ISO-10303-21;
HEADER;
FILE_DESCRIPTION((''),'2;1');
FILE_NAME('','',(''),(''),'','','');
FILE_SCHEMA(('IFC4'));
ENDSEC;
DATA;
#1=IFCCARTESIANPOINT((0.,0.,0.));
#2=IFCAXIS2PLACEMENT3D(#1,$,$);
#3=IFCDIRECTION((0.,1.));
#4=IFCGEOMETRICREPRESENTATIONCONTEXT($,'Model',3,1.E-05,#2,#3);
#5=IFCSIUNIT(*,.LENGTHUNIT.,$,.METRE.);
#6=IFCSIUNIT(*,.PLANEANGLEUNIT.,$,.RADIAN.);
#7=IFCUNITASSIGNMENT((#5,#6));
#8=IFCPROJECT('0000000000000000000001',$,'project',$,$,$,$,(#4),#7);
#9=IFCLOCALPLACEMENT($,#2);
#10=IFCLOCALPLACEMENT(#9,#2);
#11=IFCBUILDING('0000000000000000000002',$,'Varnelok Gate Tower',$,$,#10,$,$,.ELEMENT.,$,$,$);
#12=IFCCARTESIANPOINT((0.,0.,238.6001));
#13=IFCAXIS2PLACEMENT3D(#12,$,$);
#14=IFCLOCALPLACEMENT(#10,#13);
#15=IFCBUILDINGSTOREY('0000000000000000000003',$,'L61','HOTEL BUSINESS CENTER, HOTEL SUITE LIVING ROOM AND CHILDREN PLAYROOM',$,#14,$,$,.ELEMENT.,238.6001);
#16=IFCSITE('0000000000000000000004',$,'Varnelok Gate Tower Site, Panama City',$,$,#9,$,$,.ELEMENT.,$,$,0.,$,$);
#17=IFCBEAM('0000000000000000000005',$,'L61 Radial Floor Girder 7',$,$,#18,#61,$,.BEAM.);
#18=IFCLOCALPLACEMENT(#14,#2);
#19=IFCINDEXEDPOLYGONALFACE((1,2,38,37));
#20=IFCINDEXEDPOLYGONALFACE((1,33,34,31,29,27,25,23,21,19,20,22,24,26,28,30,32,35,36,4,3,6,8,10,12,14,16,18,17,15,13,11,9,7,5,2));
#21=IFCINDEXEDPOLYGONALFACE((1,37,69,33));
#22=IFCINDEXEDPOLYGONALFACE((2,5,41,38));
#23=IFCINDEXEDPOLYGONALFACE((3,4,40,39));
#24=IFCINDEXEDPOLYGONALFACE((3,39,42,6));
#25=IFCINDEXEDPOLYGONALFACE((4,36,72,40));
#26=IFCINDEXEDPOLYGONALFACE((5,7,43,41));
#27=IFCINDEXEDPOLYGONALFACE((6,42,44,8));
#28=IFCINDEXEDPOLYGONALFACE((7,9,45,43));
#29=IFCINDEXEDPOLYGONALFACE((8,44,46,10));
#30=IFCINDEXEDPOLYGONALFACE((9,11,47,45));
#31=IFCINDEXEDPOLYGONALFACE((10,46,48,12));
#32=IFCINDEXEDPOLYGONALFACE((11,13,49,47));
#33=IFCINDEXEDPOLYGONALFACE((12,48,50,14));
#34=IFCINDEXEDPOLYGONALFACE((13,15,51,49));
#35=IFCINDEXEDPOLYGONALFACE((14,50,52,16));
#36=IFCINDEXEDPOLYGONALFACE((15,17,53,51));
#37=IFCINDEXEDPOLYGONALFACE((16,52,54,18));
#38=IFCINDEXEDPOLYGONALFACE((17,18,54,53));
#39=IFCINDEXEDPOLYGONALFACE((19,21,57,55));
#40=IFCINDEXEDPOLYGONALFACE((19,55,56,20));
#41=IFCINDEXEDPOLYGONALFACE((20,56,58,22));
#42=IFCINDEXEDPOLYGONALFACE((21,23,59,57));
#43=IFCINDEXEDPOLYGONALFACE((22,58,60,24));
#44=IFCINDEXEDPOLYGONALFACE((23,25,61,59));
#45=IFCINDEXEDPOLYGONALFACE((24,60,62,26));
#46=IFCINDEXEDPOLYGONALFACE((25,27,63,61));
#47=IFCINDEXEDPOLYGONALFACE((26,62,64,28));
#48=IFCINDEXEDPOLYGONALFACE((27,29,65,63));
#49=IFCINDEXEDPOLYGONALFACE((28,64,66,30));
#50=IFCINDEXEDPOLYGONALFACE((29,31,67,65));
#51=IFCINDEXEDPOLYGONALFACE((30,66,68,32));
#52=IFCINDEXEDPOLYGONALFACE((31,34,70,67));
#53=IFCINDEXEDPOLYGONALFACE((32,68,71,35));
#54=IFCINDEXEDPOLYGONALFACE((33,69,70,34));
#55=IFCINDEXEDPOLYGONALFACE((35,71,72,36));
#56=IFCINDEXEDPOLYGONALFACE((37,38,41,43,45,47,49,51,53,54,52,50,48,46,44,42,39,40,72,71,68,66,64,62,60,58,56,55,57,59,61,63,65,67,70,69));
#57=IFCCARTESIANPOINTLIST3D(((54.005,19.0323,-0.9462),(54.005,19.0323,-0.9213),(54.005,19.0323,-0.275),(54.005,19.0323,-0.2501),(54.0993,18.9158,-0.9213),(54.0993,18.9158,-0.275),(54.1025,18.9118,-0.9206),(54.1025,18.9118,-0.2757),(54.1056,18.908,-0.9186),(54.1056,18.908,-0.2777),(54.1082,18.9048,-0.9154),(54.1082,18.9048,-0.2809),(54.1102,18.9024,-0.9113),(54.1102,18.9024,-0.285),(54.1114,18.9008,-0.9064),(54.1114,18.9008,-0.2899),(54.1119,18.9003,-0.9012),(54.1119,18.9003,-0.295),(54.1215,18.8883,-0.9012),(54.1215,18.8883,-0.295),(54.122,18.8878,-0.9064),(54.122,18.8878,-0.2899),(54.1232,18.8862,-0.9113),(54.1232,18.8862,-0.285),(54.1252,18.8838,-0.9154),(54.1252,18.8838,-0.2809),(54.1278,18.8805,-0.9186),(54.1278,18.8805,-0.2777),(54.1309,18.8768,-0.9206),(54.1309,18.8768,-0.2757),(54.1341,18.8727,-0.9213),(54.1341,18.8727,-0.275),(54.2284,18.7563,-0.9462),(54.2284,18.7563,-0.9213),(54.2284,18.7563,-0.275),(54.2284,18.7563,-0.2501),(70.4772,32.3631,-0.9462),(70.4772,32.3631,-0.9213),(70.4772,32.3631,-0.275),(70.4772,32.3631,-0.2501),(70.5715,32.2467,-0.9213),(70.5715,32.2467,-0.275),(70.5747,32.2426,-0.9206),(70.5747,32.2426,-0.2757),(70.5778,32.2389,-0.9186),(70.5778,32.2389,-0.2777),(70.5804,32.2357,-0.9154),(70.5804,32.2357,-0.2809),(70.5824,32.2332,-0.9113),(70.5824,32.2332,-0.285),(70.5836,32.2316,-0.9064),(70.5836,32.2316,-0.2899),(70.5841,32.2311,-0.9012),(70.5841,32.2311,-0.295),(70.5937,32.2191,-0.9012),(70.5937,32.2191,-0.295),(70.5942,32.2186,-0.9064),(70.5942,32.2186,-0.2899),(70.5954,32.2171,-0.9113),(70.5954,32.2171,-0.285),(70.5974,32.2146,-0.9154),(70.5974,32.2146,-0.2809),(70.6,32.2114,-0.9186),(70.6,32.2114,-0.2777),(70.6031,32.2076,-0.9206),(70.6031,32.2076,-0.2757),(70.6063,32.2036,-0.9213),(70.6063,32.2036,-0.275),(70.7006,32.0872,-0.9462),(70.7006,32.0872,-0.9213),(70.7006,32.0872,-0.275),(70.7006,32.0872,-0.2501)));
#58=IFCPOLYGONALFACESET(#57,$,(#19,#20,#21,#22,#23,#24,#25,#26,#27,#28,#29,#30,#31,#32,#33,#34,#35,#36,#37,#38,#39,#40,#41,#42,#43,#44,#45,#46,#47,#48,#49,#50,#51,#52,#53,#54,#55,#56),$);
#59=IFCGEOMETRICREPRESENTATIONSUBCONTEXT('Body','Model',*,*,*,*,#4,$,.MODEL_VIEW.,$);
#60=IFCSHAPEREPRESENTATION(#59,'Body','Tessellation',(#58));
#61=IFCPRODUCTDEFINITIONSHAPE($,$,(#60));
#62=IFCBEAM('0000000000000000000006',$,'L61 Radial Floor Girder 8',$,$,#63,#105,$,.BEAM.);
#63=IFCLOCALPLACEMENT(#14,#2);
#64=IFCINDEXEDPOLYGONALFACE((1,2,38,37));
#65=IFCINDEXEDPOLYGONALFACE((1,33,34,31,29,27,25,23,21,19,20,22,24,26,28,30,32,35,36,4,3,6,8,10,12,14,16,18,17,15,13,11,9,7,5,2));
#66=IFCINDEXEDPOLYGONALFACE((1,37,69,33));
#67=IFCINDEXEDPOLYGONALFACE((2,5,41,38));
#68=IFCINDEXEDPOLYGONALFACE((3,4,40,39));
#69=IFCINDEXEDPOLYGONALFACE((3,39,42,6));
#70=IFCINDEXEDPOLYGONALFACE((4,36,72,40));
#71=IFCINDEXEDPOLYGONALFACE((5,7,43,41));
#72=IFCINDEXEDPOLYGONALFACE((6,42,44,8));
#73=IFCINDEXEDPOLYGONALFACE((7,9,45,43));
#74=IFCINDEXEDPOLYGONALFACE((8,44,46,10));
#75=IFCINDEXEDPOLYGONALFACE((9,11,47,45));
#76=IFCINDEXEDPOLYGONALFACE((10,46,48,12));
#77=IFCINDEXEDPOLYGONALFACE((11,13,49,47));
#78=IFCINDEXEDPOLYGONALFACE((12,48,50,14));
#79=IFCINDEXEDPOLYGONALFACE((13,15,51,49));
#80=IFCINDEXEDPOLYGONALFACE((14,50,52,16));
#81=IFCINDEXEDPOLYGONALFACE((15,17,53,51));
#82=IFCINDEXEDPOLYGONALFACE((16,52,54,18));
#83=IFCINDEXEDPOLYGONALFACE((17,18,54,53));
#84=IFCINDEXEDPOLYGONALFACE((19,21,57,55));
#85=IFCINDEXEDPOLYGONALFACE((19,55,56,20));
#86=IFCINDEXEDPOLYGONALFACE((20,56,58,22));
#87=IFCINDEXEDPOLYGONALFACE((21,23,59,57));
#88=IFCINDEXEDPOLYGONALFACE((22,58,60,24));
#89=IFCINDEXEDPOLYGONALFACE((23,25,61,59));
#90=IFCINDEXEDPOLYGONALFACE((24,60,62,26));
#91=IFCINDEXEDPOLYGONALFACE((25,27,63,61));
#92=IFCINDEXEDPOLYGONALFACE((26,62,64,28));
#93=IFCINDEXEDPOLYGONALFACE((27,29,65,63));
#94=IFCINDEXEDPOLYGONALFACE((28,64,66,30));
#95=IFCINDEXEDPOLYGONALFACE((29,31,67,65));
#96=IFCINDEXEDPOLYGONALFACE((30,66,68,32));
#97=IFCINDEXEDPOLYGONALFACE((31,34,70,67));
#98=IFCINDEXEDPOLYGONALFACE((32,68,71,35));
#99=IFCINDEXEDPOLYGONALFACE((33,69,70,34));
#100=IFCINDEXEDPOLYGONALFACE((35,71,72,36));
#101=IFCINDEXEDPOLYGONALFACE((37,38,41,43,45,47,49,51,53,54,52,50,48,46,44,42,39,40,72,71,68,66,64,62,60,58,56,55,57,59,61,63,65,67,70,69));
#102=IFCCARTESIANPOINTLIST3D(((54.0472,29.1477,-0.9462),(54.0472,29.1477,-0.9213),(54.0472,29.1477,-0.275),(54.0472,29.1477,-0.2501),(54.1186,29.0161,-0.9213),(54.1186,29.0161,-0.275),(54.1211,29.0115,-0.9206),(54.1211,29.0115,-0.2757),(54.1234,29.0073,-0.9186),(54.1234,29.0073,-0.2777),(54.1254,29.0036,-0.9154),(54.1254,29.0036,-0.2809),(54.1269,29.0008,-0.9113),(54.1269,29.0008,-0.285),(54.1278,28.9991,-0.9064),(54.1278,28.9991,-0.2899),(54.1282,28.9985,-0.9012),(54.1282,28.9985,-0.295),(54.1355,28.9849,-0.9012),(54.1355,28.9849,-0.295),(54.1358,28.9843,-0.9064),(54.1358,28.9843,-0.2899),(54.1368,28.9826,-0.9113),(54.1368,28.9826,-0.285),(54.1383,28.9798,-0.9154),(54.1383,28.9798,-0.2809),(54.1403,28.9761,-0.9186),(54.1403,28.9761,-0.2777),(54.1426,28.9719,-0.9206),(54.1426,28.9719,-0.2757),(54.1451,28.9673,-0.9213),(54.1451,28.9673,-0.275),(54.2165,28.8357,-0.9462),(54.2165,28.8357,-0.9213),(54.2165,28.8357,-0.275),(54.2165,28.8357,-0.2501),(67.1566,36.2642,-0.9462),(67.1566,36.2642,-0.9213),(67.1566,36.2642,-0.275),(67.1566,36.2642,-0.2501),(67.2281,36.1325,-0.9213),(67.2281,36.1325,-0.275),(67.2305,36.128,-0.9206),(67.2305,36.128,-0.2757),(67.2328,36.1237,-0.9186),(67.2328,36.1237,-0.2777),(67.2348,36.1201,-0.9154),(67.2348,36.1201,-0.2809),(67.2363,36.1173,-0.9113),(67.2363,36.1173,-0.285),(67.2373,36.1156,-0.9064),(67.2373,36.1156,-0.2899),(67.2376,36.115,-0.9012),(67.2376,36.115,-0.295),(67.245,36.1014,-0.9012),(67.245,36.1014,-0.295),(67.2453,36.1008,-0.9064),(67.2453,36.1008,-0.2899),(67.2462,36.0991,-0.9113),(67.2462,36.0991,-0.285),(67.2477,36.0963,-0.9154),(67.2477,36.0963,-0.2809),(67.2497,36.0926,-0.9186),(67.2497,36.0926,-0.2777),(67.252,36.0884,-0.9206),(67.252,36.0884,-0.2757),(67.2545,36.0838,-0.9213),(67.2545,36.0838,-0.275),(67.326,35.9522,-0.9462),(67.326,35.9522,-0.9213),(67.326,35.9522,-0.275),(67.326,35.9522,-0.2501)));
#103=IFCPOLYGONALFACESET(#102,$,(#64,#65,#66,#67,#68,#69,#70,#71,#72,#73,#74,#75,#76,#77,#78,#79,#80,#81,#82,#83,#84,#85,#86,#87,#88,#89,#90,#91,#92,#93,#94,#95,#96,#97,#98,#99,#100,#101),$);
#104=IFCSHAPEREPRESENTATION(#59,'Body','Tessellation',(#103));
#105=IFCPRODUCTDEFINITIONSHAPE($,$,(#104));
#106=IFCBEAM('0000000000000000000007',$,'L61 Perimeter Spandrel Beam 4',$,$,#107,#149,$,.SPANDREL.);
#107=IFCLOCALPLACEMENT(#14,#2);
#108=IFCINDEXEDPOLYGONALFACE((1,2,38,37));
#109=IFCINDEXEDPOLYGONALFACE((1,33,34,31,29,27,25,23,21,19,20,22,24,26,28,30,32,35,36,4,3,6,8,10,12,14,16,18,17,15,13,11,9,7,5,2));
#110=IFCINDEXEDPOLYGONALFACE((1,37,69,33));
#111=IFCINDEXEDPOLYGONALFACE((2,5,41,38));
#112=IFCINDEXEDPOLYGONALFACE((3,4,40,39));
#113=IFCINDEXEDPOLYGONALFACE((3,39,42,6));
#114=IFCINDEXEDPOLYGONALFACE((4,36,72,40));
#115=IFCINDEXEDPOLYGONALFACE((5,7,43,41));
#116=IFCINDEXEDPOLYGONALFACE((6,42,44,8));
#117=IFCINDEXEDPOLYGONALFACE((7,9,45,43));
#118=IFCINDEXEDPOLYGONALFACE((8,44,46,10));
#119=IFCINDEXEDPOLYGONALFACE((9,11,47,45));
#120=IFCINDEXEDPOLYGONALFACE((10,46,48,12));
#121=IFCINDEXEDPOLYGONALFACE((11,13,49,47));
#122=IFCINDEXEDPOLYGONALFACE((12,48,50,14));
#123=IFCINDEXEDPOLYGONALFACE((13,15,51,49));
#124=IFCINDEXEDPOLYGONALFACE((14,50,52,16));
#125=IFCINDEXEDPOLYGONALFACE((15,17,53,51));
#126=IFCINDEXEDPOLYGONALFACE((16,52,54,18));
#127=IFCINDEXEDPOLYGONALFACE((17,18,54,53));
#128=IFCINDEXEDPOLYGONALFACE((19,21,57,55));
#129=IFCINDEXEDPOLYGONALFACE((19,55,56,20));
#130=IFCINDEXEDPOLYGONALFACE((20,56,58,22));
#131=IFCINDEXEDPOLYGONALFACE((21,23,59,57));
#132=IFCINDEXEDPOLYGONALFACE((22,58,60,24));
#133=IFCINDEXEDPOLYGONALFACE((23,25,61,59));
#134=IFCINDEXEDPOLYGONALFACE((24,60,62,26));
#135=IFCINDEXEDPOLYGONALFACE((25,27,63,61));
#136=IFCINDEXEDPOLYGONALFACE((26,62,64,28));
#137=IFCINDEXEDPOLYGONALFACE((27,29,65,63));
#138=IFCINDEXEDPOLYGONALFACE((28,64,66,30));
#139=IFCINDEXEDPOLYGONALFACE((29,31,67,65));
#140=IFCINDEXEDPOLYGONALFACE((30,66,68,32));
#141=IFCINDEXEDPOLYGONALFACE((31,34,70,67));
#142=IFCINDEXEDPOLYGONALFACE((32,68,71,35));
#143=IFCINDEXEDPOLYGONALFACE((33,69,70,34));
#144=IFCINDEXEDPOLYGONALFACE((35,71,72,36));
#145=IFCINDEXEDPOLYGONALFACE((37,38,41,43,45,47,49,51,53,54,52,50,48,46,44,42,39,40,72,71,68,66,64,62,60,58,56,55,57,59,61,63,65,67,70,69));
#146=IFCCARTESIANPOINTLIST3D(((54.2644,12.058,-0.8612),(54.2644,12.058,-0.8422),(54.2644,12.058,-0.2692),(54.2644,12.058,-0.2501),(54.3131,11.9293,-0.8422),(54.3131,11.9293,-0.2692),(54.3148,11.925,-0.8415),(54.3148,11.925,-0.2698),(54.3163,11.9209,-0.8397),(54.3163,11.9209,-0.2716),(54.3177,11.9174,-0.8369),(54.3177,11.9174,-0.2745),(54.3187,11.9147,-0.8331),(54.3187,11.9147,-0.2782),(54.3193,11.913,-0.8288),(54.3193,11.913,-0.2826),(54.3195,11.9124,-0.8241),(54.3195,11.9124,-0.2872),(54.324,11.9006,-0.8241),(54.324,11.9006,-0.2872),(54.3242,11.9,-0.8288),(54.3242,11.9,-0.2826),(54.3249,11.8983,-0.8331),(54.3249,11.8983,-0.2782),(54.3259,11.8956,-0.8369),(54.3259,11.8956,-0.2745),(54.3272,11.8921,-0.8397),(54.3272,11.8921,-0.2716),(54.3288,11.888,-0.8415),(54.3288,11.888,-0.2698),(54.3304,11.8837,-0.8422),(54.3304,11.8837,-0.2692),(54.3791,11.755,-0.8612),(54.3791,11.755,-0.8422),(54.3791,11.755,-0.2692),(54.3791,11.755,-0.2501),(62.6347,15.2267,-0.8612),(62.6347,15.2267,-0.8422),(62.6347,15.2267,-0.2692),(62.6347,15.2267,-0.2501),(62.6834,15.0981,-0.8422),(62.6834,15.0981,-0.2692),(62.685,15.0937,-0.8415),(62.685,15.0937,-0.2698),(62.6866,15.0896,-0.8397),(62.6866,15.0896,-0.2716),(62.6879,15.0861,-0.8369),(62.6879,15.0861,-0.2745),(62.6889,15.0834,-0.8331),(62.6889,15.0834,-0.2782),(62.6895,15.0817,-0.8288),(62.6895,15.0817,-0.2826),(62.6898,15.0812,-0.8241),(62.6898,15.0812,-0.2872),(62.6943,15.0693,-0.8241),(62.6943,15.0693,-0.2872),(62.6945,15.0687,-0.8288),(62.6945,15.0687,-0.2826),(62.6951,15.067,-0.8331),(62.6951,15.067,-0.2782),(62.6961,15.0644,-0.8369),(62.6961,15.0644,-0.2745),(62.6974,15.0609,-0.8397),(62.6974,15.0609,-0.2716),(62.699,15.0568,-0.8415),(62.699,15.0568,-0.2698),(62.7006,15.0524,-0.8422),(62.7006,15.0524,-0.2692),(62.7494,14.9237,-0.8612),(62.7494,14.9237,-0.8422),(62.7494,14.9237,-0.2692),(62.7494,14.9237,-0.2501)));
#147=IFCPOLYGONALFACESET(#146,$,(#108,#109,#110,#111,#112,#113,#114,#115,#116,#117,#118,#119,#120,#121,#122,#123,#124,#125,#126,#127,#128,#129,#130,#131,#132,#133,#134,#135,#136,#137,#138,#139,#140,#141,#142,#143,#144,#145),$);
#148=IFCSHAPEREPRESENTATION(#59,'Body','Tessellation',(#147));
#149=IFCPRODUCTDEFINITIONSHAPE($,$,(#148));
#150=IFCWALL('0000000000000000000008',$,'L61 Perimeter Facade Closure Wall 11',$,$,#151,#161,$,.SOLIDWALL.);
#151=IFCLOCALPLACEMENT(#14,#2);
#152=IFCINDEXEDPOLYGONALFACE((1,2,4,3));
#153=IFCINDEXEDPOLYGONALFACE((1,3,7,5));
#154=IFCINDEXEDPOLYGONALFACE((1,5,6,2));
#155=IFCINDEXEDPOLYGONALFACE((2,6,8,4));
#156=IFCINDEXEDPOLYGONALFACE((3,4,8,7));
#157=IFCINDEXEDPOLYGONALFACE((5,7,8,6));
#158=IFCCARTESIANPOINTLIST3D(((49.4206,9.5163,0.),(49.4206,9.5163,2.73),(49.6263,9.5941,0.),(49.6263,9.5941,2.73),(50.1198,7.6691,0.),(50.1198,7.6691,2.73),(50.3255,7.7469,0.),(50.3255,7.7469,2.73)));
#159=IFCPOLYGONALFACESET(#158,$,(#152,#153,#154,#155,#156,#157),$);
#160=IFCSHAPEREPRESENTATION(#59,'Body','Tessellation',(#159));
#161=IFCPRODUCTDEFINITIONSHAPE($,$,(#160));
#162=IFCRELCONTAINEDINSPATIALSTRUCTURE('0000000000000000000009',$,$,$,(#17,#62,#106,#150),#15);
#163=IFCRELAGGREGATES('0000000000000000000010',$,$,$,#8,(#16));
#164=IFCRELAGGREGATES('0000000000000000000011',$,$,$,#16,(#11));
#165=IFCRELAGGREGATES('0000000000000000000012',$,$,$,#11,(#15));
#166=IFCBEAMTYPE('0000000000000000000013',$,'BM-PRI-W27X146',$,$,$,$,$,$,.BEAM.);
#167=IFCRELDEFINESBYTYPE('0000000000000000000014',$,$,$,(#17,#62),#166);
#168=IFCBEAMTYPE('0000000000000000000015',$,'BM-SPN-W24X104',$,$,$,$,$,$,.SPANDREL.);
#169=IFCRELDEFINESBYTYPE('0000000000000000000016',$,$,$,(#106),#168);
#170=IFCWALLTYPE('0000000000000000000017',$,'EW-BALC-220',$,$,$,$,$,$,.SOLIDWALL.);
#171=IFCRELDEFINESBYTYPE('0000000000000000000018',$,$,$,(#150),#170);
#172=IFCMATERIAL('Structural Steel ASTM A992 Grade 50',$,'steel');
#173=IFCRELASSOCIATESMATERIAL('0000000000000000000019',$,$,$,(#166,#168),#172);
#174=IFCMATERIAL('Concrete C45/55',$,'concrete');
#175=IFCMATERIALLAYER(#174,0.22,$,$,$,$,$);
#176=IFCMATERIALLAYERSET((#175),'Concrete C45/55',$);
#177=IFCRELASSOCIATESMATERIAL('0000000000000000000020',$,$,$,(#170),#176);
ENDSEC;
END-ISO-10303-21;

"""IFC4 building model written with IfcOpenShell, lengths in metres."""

from ifc_helpers import new_model, si_unit, direction, frame, frame_2d, origin, origin_2d, place, context, subcontext, project, spatial, rectangle, i_section, extrude, material, layer, layer_set, material_profile, profile_set, type_object, element, save


model = new_model("IFC4")

# Units and contexts
model_context = context("Model", 3, precision=1e-05, world=origin(), true_north=direction((0.0, 1.0)))
body_context = subcontext(model_context, "Body", "Model", "MODEL_VIEW")
ifc_project = project(units=[si_unit("LENGTHUNIT", "METRE"), si_unit("PLANEANGLEUNIT", "RADIAN")], contexts=[model_context])

# Site, building, storey
site_placement = place(None, origin())
site = spatial("IfcSite", under=ifc_project, at=site_placement, Name="Varnelok Gate Tower Site, Panama City", CompositionType="ELEMENT", RefElevation=0.0)
building_placement = place(site_placement, origin())
building = spatial("IfcBuilding", under=site, at=building_placement, Name="Varnelok Gate Tower", CompositionType="ELEMENT")
storey_placement = place(building_placement, frame((0.0, 0.0, 238.6001)))
storey = spatial("IfcBuildingStorey", under=building, at=storey_placement, Name="L61", Description="HOTEL BUSINESS CENTER, HOTEL SUITE LIVING ROOM AND CHILDREN PLAYROOM", CompositionType="ELEMENT", Elevation=238.6001)

# Shared definitions
ifc_material_1 = material(Name="Structural Steel ASTM A992 Grade 50", Category="steel")

# Beams
ifc_material_profile_1 = material_profile(ifc_material_1, i_section(OverallWidth=0.355, OverallDepth=0.696, WebThickness=0.0154, FlangeThickness=0.0249, FilletRadius=0.02, at=origin_2d()), Name="W27X146")
ifc_profile_set_1 = profile_set([ifc_material_profile_1], Name="Structural Steel ASTM A992 Grade 50")
beam_type_1 = type_object("IfcBeamType", Name="BM-PRI-W27X146", PredefinedType="BEAM", material=ifc_profile_set_1)
beam_1_placement = place(storey_placement, frame((54.1167, 18.8943, -0.5981), z_axis=(0.777333, 0.62909, 0.0), x_axis=(-0.62909, 0.777333, 0.0)))
element("IfcBeam", 1, at=beam_1_placement, inside=storey, type_object=beam_type_1, Name="L61 Radial Floor Girder 7", PredefinedType="BEAM", context=body_context, shape_type="SweptSolid", body=[
    extrude(i_section(OverallWidth=0.355, OverallDepth=0.696, WebThickness=0.0154, FlangeThickness=0.0249, FilletRadius=0.02, at=origin_2d()), origin(), (0.0, 0.0, 1.0), 21.1907),
])
beam_2_placement = place(storey_placement, frame((54.1318, 28.9917, -0.5981), z_axis=(0.878855, 0.477089, 0.0), x_axis=(-0.477089, 0.878855, 0.0)))
element("IfcBeam", 2, at=beam_2_placement, inside=storey, type_object=beam_type_1, Name="L61 Radial Floor Girder 8", PredefinedType="BEAM", context=body_context, shape_type="SweptSolid", body=[
    extrude(i_section(OverallWidth=0.355, OverallDepth=0.696, WebThickness=0.0154, FlangeThickness=0.0249, FilletRadius=0.02, at=origin_2d()), origin(), (0.0, 0.0, 1.0), 14.9165),
])
ifc_material_profile_2 = material_profile(ifc_material_1, i_section(OverallWidth=0.324, OverallDepth=0.6111, WebThickness=0.0127, FlangeThickness=0.019, FilletRadius=0.0181, at=origin_2d()), Name="W24X104")
ifc_profile_set_2 = profile_set([ifc_material_profile_2], Name="Structural Steel ASTM A992 Grade 50")
beam_type_2 = type_object("IfcBeamType", Name="BM-SPN-W24X104", PredefinedType="SPANDREL", material=ifc_profile_set_2)
beam_3_placement = place(storey_placement, frame((54.3218, 11.9065, -0.5557), z_axis=(0.935226, 0.354051, 0.0), x_axis=(-0.354051, 0.935226, 0.0)))
element("IfcBeam", 3, at=beam_3_placement, inside=storey, type_object=beam_type_2, Name="L61 Perimeter Spandrel Beam 4", PredefinedType="SPANDREL", context=body_context, shape_type="SweptSolid", body=[
    extrude(i_section(OverallWidth=0.324, OverallDepth=0.6111, WebThickness=0.0127, FlangeThickness=0.019, FilletRadius=0.0181, at=origin_2d()), origin(), (0.0, 0.0, 1.0), 8.95),
])

# Wall
ifc_material_2 = material(Name="Concrete C45/55", Category="concrete")
ifc_layer_1 = layer(ifc_material_2, 0.22)
ifc_layer_set_1 = layer_set([ifc_layer_1], Name="Concrete C45/55")
wall_type_1 = type_object("IfcWallType", Name="EW-BALC-220", PredefinedType="SOLIDWALL", material=ifc_layer_set_1)
wall_1_placement = place(storey_placement, frame((50.2227, 7.708, 0.0), z_axis=(0.0, 0.0, 1.0), x_axis=(-0.354021, 0.935238, 0.0)))
element("IfcWall", 4, at=wall_1_placement, inside=storey, type_object=wall_type_1, Name="L61 Perimeter Facade Closure Wall 11", PredefinedType="SOLIDWALL", context=body_context, shape_type="SweptSolid", body=[
    extrude(rectangle(XDim=1.9751, YDim=0.22, at=frame_2d((0.9875, 0.0))), origin(), (0.0, 0.0, 1.0), 2.73),
])

save(model, "model.ifc")
